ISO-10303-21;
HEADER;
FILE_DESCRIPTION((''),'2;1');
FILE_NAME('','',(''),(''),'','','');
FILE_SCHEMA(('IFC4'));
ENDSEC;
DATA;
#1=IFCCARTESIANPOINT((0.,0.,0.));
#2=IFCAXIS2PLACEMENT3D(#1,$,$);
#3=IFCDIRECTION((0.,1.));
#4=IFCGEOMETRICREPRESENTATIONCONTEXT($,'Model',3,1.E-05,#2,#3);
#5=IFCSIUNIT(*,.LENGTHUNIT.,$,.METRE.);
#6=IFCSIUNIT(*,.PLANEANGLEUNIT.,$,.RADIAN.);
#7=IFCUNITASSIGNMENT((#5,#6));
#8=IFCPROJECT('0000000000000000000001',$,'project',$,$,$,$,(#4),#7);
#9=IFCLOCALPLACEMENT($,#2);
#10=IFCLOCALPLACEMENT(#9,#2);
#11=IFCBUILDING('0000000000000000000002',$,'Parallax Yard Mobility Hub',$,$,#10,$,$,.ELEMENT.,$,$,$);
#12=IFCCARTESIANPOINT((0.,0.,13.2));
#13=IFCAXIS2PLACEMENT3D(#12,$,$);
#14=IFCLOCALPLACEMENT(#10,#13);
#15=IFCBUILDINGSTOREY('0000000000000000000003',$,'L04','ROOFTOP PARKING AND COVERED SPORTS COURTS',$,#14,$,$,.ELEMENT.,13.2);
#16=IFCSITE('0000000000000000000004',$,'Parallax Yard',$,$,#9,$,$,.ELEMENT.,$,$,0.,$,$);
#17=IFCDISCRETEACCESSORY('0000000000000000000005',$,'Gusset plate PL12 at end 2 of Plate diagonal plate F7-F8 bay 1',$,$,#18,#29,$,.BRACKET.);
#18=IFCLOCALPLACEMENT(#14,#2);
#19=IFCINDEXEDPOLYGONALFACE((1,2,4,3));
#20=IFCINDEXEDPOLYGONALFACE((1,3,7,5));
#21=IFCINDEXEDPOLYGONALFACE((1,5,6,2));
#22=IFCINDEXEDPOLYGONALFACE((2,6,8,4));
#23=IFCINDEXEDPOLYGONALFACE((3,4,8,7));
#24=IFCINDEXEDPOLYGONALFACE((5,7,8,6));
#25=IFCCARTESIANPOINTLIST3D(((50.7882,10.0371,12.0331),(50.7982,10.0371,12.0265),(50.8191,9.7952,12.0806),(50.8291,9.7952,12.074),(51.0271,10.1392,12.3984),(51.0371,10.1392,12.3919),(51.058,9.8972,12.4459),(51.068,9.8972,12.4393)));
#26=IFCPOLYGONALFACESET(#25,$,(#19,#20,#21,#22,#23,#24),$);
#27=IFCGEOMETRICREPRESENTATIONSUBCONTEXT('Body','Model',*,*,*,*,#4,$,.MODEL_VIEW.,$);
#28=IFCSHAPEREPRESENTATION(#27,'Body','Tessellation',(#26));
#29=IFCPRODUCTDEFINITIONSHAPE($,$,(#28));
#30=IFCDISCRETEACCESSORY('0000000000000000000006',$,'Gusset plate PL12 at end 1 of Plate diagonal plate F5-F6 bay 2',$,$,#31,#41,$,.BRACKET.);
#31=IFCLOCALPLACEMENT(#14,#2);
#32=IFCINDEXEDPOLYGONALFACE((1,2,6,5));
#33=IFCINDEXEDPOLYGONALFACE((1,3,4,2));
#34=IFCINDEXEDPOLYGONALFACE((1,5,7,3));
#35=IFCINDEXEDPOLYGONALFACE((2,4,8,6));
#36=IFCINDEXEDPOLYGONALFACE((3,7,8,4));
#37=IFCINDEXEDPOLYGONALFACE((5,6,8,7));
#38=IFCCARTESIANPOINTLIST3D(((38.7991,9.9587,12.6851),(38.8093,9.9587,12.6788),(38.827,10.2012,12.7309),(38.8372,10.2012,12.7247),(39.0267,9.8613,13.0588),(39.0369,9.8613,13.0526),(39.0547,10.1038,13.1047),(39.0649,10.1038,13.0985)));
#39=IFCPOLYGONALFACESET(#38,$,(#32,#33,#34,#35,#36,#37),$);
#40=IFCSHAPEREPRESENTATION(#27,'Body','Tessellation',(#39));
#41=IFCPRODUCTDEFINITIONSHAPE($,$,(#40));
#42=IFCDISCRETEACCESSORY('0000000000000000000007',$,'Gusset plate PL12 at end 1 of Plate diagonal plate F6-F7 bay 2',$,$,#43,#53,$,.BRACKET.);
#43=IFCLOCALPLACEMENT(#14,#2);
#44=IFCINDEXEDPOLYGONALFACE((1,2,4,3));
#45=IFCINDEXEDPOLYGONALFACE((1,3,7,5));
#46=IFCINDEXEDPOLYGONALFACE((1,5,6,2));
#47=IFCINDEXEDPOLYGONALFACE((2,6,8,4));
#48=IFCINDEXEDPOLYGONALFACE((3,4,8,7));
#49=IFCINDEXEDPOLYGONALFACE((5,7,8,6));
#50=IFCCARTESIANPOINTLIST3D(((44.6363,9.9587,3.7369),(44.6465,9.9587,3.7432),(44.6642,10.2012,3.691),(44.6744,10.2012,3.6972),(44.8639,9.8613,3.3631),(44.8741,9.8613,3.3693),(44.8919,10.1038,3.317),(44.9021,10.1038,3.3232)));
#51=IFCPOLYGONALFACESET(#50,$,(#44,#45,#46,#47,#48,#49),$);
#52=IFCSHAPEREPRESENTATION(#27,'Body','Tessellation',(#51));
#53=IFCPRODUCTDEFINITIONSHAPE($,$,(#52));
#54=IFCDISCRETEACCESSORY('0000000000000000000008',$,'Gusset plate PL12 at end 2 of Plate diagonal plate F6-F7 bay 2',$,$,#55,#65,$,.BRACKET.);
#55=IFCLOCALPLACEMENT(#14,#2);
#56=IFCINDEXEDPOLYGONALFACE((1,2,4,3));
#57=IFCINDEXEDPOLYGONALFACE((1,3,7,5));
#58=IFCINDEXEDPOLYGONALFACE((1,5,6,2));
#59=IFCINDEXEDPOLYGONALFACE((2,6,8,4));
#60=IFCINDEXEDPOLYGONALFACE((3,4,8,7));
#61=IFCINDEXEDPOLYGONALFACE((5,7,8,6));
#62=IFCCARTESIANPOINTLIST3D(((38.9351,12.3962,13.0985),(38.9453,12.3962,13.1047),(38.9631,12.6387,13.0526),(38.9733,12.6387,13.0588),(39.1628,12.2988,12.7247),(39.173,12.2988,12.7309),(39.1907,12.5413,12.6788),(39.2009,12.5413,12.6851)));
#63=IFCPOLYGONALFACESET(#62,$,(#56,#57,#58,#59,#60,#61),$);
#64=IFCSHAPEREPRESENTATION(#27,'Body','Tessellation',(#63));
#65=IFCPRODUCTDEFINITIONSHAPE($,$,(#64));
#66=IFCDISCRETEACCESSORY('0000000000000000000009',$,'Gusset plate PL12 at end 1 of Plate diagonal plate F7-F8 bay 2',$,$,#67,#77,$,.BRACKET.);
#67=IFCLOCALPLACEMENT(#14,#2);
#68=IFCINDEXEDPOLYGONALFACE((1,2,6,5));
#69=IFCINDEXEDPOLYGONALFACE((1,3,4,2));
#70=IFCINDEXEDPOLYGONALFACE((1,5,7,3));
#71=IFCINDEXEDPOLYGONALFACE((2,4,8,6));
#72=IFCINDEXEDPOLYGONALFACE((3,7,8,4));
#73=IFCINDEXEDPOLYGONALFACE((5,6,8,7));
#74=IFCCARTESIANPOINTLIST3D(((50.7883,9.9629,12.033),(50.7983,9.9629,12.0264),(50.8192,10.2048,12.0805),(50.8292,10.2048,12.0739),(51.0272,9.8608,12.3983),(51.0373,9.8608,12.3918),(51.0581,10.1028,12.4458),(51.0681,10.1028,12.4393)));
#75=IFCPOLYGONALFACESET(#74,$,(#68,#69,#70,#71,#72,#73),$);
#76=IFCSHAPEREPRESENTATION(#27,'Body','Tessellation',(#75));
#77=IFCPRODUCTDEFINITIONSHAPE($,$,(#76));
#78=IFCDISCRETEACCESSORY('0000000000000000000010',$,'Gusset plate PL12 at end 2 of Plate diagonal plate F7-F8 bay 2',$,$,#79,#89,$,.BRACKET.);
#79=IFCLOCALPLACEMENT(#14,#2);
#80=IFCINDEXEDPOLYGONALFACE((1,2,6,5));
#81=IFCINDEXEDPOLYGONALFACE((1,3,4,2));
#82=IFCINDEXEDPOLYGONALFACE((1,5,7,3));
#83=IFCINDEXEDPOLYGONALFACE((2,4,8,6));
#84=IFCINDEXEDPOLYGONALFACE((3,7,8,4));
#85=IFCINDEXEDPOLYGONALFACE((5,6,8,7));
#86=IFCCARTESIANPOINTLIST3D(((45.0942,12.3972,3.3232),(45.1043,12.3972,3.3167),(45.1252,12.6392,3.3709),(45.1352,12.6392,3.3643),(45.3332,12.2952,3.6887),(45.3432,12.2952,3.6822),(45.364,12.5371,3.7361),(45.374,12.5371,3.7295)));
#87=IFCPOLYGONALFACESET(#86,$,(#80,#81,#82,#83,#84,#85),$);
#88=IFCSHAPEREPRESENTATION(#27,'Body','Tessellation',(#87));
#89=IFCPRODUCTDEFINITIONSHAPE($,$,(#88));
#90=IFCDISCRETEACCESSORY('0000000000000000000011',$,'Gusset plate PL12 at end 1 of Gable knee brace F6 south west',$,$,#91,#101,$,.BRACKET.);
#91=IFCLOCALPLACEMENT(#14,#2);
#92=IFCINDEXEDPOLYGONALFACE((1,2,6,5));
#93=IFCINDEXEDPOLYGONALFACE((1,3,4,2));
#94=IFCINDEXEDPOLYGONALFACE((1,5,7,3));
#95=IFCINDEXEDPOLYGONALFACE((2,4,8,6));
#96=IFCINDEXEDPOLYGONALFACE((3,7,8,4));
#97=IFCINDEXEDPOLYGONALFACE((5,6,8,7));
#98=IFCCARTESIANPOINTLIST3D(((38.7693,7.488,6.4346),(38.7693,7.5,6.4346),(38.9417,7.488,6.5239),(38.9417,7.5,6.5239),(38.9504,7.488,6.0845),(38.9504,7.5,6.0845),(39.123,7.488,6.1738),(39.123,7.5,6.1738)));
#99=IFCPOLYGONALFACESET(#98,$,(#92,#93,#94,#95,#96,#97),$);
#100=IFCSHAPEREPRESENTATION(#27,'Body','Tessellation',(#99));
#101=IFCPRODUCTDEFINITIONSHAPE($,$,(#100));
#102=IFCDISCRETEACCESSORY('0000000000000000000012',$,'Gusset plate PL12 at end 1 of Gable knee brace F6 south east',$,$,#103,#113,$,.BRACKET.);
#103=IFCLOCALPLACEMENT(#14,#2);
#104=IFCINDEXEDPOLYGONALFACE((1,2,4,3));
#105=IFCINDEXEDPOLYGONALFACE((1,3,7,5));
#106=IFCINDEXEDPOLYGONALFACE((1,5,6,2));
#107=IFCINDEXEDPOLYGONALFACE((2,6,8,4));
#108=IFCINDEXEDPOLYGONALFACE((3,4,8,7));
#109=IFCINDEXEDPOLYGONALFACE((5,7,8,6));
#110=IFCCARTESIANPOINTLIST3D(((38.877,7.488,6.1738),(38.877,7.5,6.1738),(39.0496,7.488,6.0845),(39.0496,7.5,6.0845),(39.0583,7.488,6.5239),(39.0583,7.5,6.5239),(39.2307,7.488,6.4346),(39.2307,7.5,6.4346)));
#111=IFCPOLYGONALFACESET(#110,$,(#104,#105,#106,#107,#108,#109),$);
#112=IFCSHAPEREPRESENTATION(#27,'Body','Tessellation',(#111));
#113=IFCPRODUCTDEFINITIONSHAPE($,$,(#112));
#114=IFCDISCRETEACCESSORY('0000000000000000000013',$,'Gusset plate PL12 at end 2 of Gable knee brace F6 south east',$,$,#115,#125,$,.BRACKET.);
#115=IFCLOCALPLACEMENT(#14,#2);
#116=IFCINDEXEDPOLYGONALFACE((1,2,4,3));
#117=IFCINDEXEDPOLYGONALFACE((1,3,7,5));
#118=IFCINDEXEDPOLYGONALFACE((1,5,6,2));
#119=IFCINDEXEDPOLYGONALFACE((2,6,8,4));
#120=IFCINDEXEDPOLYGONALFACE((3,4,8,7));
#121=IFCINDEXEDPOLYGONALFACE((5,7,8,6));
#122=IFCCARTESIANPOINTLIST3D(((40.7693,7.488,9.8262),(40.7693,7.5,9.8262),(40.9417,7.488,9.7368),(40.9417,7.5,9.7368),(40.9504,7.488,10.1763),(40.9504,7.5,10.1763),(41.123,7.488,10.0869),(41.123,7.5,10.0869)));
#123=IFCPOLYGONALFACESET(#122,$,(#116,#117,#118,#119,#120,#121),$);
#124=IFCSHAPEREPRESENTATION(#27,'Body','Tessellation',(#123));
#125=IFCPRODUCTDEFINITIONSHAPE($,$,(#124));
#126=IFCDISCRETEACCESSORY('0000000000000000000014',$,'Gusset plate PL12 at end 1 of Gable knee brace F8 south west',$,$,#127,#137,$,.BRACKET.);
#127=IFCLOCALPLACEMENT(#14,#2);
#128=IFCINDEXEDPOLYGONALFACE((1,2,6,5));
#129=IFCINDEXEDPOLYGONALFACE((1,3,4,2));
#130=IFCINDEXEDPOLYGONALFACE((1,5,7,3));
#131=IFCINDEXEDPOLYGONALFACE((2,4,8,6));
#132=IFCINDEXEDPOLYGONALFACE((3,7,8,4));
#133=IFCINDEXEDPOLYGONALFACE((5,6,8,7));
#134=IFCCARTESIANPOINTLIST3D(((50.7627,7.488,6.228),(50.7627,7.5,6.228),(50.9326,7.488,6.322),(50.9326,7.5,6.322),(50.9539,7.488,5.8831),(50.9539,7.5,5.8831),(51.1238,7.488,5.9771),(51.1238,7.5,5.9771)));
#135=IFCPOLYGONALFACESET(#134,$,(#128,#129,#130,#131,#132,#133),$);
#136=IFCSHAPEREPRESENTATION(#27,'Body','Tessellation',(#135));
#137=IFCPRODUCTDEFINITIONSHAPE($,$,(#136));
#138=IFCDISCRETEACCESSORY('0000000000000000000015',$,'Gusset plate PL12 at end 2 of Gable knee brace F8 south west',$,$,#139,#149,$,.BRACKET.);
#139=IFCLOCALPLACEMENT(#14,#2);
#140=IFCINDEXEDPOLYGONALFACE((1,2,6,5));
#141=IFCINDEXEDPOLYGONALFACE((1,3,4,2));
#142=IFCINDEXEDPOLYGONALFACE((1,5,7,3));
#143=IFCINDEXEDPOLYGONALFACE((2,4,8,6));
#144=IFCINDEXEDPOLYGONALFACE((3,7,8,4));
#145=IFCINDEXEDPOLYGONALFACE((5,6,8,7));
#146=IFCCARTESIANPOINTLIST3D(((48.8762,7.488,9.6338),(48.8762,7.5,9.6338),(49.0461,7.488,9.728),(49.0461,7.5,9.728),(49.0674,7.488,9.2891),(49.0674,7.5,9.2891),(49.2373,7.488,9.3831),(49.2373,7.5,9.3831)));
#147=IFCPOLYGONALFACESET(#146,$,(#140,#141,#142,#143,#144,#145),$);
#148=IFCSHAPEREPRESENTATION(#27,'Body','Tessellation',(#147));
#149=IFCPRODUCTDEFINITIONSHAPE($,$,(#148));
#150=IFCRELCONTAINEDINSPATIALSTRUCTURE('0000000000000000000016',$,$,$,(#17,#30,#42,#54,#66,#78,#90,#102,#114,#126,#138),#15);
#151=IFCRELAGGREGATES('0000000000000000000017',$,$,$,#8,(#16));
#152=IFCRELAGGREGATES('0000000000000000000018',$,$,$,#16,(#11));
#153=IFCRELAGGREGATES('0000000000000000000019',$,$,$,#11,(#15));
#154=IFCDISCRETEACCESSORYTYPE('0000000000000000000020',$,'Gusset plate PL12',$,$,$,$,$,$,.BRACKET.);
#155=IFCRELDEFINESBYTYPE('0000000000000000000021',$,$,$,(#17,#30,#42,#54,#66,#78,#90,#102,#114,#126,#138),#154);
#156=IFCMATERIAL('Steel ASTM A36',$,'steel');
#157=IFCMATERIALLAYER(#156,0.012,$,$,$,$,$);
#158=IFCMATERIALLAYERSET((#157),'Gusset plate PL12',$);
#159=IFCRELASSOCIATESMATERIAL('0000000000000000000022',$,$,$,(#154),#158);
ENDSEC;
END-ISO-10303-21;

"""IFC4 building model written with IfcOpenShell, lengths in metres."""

from ifc_helpers import new_model, si_unit, direction, frame, origin, place, context, subcontext, project, spatial, polyline, outline, extrude, material, layer, layer_set, type_object, element, save


model = new_model("IFC4")

# Units and contexts
model_context = context("Model", 3, precision=1e-05, world=origin(), true_north=direction((0.0, 1.0)))
body_context = subcontext(model_context, "Body", "Model", "MODEL_VIEW")
ifc_project = project(units=[si_unit("LENGTHUNIT", "METRE"), si_unit("PLANEANGLEUNIT", "RADIAN")], contexts=[model_context])

# Site, building, storey
site_placement = place(None, origin())
site = spatial("IfcSite", under=ifc_project, at=site_placement, Name="Parallax Yard", CompositionType="ELEMENT", RefElevation=0.0)
building_placement = place(site_placement, origin())
building = spatial("IfcBuilding", under=site, at=building_placement, Name="Parallax Yard Mobility Hub", CompositionType="ELEMENT")
storey_placement = place(building_placement, frame((0.0, 0.0, 13.2)))
storey = spatial("IfcBuildingStorey", under=building, at=storey_placement, Name="L04", Description="ROOFTOP PARKING AND COVERED SPORTS COURTS", CompositionType="ELEMENT", Elevation=13.2)

# Discrete accessories
ifc_material_1 = material(Name="Steel ASTM A36", Category="steel")
ifc_layer_1 = layer(ifc_material_1, 0.012)
ifc_layer_set_1 = layer_set([ifc_layer_1], Name="Gusset plate PL12")
discrete_accessory_type = type_object("IfcDiscreteAccessoryType", Name="Gusset plate PL12", PredefinedType="BRACKET", material=ifc_layer_set_1)
discrete_accessory_1_placement = place(storey_placement, frame((50.8191, 9.7952, 12.0806), z_axis=(-0.837034, 0.000541, 0.547151), x_axis=(0.532886, 0.227659, 0.814987)))
element("IfcDiscreteAccessory", 1, at=discrete_accessory_1_placement, inside=storey, type_object=discrete_accessory_type, Name="Gusset plate PL12 at end 2 of Plate diagonal plate F7-F8 bay 1", PredefinedType="BRACKET", context=body_context, shape_type="SweptSolid", body=[
    extrude(outline(polyline([(0.0, 0.0), (0.4483, 0.0), (0.4482, 0.2485), (-0.0001, 0.2485), (0.0, 0.0)])), origin(), (0.0, 0.0, -1.0), 0.012),
])
discrete_accessory_2_placement = place(storey_placement, frame((38.7991, 9.9587, 12.6851), z_axis=(-0.854054, -0.000006, 0.520185), x_axis=(0.507757, -0.217292, 0.833647)))
element("IfcDiscreteAccessory", 2, at=discrete_accessory_2_placement, inside=storey, type_object=discrete_accessory_type, Name="Gusset plate PL12 at end 1 of Plate diagonal plate F5-F6 bay 2", PredefinedType="BRACKET", context=body_context, shape_type="SweptSolid", body=[
    extrude(outline(polyline([(0.0, 0.0), (0.4483, 0.0), (0.4481, 0.2483), (-0.0003, 0.2483), (0.0, 0.0)])), origin(), (0.0, 0.0, -1.0), 0.012),
])
discrete_accessory_3_placement = place(storey_placement, frame((44.6465, 9.9587, 3.7432), z_axis=(0.854155, 0.000225, 0.520019), x_axis=(0.507643, -0.217232, -0.833732)))
element("IfcDiscreteAccessory", 3, at=discrete_accessory_3_placement, inside=storey, type_object=discrete_accessory_type, Name="Gusset plate PL12 at end 1 of Plate diagonal plate F6-F7 bay 2", PredefinedType="BRACKET", context=body_context, shape_type="SweptSolid", body=[
    extrude(outline(polyline([(0.0, 0.0), (0.4484, 0.0), (0.4484, 0.2483), (-0.0001, 0.2483), (0.0, 0.0)])), origin(), (0.0, 0.0, -1.0), 0.012),
])
discrete_accessory_4_placement = place(storey_placement, frame((39.2009, 12.5413, 12.6851), z_axis=(0.854054, 0.000006, 0.520185), x_axis=(-0.507757, 0.217292, 0.833647)))
element("IfcDiscreteAccessory", 4, at=discrete_accessory_4_placement, inside=storey, type_object=discrete_accessory_type, Name="Gusset plate PL12 at end 2 of Plate diagonal plate F6-F7 bay 2", PredefinedType="BRACKET", context=body_context, shape_type="SweptSolid", body=[
    extrude(outline(polyline([(0.0, 0.0), (0.4483, 0.0), (0.4481, 0.2483), (-0.0003, 0.2483), (0.0, 0.0)])), origin(), (0.0, 0.0, -1.0), 0.012),
])
discrete_accessory_5_placement = place(storey_placement, frame((50.7883, 9.9629, 12.033), z_axis=(-0.837034, -0.000541, 0.547151), x_axis=(0.532891, -0.227624, 0.814994)))
element("IfcDiscreteAccessory", 5, at=discrete_accessory_5_placement, inside=storey, type_object=discrete_accessory_type, Name="Gusset plate PL12 at end 1 of Plate diagonal plate F7-F8 bay 2", PredefinedType="BRACKET", context=body_context, shape_type="SweptSolid", body=[
    extrude(outline(polyline([(0.0, 0.0), (0.4483, 0.0), (0.4484, 0.2485), (0.0001, 0.2485), (0.0, 0.0)])), origin(), (0.0, 0.0, -1.0), 0.012),
])
discrete_accessory_6_placement = place(storey_placement, frame((45.364, 12.5371, 3.7361), z_axis=(-0.837034, -0.000541, 0.547151), x_axis=(-0.532878, 0.227725, -0.814974)))
element("IfcDiscreteAccessory", 6, at=discrete_accessory_6_placement, inside=storey, type_object=discrete_accessory_type, Name="Gusset plate PL12 at end 2 of Plate diagonal plate F7-F8 bay 2", PredefinedType="BRACKET", context=body_context, shape_type="SweptSolid", body=[
    extrude(outline(polyline([(0.0, 0.0), (0.4481, 0.0), (0.4484, 0.2485), (-0.0001, 0.2484), (0.0, 0.0)])), origin(), (0.0, 0.0, -1.0), 0.012),
])
discrete_accessory_7_placement = place(storey_placement, frame((38.9417, 7.5, 6.5239), z_axis=(0.0, 1.0, 0.0), x_axis=(0.460046, 0.0, -0.887895)))
element("IfcDiscreteAccessory", 7, at=discrete_accessory_7_placement, inside=storey, type_object=discrete_accessory_type, Name="Gusset plate PL12 at end 1 of Gable knee brace F6 south west", PredefinedType="BRACKET", context=body_context, shape_type="SweptSolid", body=[
    extrude(outline(polyline([(0.0, 0.0), (0.3943, 0.0), (0.3942, 0.1944), (0.0, 0.1941), (0.0, 0.0)])), origin(), (0.0, 0.0, -1.0), 0.012),
])
for number, where, z_axis, x_axis, name in (
    (8, (39.2307, 7.5, 6.4346), (0.0, 1.0, 0.0), (-0.459558, 0.0, -0.888148), "Gusset plate PL12 at end 1 of Gable knee brace F6 south east"),
    (9, (40.7693, 7.5, 9.8262), (0.0, 1.0, 0.0), (0.459558, 0.0, 0.888148), "Gusset plate PL12 at end 2 of Gable knee brace F6 south east"),
):
    element("IfcDiscreteAccessory", number, at=place(storey_placement, frame(where, z_axis=z_axis, x_axis=x_axis)), inside=storey, type_object=discrete_accessory_type, Name=name, PredefinedType="BRACKET", context=body_context, shape_type="SweptSolid", body=[
        extrude(outline(polyline([(0.0, 0.0), (0.3942, 0.0), (0.3942, 0.1944), (-0.0001, 0.1941), (0.0, 0.0)])), origin(), (0.0, 0.0, -1.0), 0.012),
    ])
discrete_accessory_8_placement = place(storey_placement, frame((50.9326, 7.5, 6.322), z_axis=(0.0, 1.0, 0.0), x_axis=(0.484697, 0.0, -0.874682)))
element("IfcDiscreteAccessory", 10, at=discrete_accessory_8_placement, inside=storey, type_object=discrete_accessory_type, Name="Gusset plate PL12 at end 1 of Gable knee brace F8 south west", PredefinedType="BRACKET", context=body_context, shape_type="SweptSolid", body=[
    extrude(outline(polyline([(0.0, 0.0), (0.3944, 0.0), (0.3942, 0.1942), (-0.0001, 0.1942), (0.0, 0.0)])), origin(), (0.0, 0.0, -1.0), 0.012),
])
discrete_accessory_9_placement = place(storey_placement, frame((49.0674, 7.5, 9.2891), z_axis=(0.0, 1.0, 0.0), x_axis=(-0.484959, 0.0, 0.874537)))
element("IfcDiscreteAccessory", 11, at=discrete_accessory_9_placement, inside=storey, type_object=discrete_accessory_type, Name="Gusset plate PL12 at end 2 of Gable knee brace F8 south west", PredefinedType="BRACKET", context=body_context, shape_type="SweptSolid", body=[
    extrude(outline(polyline([(0.0, 0.0), (0.3942, 0.0), (0.3942, 0.1943), (-0.0002, 0.1942), (0.0, 0.0)])), origin(), (0.0, 0.0, -1.0), 0.012),
])

save(model, "model.ifc")
